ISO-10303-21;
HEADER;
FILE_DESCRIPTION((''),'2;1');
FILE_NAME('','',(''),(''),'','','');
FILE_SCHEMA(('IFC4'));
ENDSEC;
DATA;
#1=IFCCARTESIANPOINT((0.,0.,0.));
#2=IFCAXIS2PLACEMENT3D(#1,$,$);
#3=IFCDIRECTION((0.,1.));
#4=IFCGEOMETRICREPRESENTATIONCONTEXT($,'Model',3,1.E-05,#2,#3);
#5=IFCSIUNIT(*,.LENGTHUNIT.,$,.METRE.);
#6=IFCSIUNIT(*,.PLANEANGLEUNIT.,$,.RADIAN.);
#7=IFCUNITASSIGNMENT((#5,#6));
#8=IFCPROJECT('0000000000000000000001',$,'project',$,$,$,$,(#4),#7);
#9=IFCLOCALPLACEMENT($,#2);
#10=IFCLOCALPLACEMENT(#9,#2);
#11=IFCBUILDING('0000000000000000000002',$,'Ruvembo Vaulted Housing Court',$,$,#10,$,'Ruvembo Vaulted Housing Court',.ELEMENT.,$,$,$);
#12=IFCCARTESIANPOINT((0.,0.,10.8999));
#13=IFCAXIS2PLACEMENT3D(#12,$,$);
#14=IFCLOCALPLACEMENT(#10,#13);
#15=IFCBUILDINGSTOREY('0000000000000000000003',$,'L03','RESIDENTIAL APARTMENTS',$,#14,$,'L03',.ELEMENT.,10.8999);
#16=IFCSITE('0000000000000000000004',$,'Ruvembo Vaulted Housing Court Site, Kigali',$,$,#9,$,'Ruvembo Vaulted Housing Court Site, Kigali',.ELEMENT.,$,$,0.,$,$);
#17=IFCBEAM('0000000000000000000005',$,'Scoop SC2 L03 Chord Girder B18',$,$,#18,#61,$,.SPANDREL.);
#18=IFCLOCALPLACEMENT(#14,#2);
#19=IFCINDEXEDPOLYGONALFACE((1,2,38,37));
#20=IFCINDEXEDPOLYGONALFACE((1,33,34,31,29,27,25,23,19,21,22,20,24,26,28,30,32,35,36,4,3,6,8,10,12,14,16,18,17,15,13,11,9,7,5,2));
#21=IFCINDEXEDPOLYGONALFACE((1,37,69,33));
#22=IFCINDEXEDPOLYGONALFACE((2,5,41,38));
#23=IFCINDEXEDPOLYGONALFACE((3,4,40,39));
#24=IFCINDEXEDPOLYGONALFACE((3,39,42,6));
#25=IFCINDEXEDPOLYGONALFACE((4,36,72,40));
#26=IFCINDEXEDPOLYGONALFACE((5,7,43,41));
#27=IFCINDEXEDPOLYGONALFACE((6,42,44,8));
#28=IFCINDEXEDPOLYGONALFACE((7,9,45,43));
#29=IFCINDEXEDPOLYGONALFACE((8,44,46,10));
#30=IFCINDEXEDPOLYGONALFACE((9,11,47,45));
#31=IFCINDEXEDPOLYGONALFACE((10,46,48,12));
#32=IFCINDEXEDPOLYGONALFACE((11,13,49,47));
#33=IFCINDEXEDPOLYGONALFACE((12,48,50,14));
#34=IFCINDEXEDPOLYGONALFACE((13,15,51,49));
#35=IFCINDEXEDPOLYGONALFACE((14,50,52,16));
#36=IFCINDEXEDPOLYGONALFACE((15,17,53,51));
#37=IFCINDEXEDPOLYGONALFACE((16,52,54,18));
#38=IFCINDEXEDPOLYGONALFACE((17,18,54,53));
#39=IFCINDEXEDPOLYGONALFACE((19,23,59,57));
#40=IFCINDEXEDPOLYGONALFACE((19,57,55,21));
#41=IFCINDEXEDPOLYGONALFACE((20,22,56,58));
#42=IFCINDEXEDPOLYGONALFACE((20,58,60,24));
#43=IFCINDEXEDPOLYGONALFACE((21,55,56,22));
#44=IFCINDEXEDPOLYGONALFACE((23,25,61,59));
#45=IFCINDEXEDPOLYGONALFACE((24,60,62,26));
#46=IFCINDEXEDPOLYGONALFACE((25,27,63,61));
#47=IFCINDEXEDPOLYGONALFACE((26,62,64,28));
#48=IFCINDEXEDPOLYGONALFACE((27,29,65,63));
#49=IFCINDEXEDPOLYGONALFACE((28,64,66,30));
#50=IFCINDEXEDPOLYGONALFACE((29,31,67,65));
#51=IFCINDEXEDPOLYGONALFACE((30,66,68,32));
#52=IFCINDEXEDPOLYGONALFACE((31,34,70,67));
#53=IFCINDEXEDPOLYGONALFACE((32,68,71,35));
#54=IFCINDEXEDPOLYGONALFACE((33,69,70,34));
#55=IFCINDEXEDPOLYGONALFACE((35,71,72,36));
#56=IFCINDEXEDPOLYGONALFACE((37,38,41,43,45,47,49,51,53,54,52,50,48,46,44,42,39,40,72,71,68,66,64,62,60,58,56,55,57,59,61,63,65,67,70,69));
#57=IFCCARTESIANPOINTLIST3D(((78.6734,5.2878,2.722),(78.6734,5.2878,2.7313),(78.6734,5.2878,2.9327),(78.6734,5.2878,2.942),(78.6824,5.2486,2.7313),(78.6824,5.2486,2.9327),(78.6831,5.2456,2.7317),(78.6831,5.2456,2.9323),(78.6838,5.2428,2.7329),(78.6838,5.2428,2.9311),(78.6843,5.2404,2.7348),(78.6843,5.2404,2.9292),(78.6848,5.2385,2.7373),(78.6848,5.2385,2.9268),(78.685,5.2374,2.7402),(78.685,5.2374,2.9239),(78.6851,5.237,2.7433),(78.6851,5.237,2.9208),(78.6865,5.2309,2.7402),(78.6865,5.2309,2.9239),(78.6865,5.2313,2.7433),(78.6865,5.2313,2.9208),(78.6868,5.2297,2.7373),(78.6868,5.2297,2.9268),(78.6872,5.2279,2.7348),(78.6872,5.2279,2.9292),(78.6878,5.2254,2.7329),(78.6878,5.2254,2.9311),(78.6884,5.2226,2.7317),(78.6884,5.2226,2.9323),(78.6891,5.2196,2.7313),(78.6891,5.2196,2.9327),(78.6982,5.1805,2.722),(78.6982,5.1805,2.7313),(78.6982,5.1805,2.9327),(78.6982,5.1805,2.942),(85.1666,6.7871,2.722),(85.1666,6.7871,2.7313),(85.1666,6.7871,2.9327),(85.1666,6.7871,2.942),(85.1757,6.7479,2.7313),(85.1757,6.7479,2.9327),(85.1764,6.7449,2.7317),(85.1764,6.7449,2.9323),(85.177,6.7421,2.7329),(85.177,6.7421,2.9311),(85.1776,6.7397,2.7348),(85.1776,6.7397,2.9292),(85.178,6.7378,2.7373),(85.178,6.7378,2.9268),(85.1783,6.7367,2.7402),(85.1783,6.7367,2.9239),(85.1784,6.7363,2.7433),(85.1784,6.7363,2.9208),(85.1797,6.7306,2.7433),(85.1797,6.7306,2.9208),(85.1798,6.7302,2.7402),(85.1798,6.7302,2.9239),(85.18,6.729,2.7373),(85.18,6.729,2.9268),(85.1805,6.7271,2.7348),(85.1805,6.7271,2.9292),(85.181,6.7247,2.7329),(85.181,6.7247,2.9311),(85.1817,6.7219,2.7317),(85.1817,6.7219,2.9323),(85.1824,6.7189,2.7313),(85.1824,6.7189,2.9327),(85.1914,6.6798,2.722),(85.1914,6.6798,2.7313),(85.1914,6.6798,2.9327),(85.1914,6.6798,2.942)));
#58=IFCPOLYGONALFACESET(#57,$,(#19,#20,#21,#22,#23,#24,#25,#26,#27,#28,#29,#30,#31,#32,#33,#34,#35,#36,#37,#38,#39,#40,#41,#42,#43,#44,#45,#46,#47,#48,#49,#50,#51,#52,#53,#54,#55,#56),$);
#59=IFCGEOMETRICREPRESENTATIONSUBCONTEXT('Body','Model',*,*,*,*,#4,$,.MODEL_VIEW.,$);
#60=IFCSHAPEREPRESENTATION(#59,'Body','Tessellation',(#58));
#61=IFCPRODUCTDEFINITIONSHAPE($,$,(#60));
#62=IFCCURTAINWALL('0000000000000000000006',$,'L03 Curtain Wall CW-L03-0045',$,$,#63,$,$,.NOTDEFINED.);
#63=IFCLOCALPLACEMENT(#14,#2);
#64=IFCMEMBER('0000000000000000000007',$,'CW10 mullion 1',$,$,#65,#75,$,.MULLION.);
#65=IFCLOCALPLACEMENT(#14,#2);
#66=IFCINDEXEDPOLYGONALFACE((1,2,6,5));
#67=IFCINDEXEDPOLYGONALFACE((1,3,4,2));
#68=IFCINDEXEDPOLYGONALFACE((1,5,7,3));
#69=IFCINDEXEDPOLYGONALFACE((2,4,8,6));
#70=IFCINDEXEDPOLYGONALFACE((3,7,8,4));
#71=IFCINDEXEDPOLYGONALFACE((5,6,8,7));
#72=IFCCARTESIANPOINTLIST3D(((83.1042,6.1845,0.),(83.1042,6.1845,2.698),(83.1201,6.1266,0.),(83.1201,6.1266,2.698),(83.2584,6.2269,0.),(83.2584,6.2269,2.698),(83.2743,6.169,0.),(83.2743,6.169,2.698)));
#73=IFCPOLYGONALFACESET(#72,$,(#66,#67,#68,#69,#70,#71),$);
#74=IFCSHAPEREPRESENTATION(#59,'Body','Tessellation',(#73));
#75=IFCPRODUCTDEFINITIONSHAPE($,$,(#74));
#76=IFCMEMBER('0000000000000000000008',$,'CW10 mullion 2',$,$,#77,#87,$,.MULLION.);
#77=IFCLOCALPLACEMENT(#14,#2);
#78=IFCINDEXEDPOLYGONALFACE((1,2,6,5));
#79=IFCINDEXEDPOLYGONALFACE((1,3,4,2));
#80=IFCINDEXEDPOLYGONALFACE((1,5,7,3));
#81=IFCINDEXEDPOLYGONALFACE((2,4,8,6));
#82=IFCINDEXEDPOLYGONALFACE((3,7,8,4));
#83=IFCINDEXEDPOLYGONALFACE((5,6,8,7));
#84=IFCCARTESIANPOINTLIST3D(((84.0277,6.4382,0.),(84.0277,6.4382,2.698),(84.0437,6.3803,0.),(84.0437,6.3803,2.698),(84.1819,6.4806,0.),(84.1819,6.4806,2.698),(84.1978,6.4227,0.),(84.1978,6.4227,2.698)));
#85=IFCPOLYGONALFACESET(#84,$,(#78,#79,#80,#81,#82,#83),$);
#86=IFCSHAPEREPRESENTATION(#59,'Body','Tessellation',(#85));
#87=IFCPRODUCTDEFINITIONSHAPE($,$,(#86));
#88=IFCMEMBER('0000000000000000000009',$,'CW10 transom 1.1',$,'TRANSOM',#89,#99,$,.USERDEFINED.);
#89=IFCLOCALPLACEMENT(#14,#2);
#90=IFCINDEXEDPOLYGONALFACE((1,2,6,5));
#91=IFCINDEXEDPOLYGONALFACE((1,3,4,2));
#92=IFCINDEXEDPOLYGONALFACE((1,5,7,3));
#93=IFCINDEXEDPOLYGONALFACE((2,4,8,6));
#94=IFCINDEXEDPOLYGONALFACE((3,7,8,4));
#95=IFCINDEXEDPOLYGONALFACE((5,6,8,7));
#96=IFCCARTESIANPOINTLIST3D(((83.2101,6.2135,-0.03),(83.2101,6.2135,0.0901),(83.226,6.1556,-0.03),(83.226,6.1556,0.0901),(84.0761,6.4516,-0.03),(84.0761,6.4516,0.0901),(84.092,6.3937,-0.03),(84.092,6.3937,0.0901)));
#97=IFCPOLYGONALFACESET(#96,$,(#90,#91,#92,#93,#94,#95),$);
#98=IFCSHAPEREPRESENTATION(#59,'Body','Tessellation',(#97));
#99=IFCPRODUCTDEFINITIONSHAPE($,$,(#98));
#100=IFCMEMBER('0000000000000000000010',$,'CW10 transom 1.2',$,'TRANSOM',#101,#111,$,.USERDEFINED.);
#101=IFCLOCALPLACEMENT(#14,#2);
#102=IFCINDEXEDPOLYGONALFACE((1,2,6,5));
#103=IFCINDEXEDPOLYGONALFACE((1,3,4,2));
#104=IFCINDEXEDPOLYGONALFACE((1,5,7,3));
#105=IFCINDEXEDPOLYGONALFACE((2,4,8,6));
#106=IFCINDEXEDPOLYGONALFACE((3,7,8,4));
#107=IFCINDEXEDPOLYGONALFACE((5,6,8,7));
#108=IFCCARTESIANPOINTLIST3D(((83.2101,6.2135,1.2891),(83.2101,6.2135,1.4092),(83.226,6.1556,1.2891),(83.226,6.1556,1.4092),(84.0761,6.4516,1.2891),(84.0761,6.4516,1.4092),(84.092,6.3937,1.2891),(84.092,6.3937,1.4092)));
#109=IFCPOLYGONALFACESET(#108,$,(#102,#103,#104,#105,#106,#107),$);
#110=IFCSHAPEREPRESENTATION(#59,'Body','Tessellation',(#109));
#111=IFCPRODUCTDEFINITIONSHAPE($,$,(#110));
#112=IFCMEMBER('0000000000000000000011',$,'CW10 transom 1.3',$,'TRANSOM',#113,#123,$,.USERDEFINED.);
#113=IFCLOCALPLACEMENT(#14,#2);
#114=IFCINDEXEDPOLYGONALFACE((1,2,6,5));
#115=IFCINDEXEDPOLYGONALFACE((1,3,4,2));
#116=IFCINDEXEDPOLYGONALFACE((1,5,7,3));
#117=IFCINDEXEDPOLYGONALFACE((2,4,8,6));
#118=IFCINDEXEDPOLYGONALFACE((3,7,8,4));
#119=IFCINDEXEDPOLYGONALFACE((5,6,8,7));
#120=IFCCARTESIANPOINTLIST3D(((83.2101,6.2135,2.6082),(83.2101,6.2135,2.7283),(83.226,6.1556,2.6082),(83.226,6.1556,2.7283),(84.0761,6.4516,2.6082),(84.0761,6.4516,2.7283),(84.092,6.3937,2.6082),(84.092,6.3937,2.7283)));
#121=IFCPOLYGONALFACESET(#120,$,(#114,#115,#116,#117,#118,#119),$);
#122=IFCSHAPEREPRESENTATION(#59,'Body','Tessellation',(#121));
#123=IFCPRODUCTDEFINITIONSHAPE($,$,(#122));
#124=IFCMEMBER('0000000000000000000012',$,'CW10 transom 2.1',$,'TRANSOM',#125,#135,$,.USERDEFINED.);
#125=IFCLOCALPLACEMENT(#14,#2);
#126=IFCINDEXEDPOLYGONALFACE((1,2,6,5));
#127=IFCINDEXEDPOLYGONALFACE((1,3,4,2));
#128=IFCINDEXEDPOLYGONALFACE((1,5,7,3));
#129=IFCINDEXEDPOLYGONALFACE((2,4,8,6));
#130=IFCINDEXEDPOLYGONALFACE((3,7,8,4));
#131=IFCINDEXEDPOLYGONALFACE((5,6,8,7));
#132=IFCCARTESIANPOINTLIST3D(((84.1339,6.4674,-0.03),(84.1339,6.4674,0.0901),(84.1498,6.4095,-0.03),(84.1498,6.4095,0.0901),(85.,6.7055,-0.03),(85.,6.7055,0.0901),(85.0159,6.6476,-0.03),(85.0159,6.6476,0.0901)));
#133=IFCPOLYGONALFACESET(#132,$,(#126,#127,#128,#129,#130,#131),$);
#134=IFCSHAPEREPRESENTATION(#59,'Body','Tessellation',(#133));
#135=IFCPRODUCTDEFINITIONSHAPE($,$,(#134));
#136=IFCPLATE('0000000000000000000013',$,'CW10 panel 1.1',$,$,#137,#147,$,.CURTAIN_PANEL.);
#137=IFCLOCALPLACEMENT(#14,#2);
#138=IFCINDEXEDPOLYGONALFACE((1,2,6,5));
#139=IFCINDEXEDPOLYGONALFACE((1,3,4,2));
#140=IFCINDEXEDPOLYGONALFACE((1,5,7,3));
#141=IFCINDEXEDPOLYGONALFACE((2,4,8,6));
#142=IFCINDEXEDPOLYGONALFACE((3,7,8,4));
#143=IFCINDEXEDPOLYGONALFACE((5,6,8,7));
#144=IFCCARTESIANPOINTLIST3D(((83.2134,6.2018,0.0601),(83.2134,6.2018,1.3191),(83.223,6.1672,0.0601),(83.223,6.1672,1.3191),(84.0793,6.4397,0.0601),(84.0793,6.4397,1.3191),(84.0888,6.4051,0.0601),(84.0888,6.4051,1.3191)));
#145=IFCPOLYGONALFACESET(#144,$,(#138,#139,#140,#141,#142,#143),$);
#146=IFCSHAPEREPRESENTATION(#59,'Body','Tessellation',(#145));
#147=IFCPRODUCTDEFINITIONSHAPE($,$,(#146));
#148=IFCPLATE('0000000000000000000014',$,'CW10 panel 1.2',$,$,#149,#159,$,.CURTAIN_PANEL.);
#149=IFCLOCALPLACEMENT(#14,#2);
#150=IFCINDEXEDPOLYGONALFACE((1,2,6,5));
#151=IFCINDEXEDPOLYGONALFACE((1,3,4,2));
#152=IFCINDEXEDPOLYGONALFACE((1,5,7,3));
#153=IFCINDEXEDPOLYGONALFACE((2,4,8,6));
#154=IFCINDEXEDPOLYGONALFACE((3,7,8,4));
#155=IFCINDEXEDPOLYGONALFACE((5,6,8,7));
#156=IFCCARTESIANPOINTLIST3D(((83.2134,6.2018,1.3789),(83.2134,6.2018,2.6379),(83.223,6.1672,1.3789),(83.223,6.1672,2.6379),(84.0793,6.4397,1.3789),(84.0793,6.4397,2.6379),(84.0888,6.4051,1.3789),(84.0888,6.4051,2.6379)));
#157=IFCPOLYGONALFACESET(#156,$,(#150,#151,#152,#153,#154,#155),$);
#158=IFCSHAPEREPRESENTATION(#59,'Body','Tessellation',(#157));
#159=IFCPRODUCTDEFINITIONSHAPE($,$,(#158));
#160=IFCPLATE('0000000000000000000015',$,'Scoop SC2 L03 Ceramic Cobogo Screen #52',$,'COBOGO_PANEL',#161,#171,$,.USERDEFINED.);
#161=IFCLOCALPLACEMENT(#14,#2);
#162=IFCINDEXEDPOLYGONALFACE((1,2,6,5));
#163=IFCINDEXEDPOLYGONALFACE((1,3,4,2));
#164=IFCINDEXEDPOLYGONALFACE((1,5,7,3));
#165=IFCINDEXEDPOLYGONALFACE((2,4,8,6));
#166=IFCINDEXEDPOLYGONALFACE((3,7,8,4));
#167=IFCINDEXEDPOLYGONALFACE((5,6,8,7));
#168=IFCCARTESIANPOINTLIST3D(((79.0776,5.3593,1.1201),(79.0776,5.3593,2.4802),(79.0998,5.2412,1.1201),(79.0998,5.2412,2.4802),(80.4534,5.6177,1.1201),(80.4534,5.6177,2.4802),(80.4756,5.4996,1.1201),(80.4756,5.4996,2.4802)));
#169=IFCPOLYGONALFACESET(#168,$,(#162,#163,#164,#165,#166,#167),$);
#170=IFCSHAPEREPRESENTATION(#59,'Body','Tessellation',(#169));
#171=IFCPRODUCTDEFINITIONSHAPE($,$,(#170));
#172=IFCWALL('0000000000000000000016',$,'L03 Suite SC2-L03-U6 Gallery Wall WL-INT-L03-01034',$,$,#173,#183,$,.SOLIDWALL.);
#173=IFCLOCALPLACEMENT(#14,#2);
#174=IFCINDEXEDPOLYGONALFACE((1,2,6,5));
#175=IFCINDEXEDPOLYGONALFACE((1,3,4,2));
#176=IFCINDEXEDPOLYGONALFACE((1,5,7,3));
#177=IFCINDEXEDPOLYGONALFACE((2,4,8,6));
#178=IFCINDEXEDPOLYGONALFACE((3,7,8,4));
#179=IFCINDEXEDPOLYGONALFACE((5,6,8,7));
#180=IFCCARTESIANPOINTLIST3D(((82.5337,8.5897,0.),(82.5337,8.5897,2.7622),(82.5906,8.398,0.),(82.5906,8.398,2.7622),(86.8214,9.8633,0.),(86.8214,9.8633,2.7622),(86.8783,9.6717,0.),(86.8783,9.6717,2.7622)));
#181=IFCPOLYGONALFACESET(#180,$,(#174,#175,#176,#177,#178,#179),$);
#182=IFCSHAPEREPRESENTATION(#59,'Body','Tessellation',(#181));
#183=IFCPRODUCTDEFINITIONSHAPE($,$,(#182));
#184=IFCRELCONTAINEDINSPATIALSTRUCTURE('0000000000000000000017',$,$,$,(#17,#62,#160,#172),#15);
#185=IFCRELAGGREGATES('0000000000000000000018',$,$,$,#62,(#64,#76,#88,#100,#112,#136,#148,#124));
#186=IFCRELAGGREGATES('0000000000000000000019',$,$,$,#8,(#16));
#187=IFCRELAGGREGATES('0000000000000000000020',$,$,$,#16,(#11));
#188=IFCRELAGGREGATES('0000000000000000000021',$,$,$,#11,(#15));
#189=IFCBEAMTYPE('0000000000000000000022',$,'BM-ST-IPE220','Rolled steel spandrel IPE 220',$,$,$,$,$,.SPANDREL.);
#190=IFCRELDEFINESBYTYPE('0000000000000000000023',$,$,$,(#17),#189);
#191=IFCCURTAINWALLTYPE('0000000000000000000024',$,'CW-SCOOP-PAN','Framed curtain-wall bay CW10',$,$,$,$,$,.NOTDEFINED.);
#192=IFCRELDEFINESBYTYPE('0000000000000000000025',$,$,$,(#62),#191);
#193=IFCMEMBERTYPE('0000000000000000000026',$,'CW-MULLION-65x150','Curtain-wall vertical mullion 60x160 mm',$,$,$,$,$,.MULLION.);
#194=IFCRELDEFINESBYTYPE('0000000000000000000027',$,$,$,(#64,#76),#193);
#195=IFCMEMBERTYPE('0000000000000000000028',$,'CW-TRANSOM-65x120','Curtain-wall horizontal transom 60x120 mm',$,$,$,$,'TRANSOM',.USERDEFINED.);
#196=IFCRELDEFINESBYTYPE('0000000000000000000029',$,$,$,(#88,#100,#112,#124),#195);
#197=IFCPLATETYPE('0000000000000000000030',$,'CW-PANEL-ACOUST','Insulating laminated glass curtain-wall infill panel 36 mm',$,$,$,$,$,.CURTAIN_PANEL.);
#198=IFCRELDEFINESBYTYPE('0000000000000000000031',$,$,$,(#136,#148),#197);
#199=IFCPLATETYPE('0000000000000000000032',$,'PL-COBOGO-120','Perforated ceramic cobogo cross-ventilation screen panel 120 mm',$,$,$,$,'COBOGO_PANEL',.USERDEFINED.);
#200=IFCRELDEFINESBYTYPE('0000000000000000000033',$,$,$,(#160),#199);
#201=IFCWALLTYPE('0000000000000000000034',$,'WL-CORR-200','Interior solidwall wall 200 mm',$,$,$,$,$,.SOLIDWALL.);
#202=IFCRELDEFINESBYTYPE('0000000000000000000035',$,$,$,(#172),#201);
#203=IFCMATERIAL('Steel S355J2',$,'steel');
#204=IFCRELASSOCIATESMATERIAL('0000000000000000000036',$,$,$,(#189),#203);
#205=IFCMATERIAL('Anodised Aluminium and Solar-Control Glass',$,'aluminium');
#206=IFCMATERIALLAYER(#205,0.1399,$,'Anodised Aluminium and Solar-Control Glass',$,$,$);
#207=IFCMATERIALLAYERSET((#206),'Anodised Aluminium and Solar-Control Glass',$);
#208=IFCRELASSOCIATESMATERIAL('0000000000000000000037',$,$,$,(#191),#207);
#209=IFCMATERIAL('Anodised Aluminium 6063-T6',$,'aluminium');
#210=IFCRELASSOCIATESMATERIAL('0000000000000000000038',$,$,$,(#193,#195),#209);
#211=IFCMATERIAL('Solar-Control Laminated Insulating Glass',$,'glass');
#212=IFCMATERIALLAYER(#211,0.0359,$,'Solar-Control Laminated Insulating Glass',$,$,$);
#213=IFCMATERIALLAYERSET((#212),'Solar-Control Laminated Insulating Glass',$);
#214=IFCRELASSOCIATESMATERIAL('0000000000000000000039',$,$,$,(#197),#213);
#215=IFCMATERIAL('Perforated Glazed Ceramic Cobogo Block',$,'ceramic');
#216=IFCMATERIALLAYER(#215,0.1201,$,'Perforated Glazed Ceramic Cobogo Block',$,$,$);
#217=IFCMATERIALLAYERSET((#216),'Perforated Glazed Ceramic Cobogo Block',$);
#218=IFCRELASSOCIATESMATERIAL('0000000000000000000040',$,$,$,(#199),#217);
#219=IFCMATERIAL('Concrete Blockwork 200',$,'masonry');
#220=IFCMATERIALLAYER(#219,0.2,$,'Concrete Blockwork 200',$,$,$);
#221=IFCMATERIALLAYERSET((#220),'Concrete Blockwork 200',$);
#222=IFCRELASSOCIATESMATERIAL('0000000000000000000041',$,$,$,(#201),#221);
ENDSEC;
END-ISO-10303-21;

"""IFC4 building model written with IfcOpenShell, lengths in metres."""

from ifc_helpers import new_model, si_unit, direction, frame, frame_2d, origin, origin_2d, place, context, subcontext, project, spatial, rectangle, i_section, extrude, material, layer, layer_set, material_profile, profile_set, type_object, element, aggregate, save


model = new_model("IFC4")

# Units and contexts
model_context = context("Model", 3, precision=1e-05, world=origin(), true_north=direction((0.0, 1.0)))
body_context = subcontext(model_context, "Body", "Model", "MODEL_VIEW")
ifc_project = project(units=[si_unit("LENGTHUNIT", "METRE"), si_unit("PLANEANGLEUNIT", "RADIAN")], contexts=[model_context])

# Site, building, storey
site_placement = place(None, origin())
site = spatial("IfcSite", under=ifc_project, at=site_placement, Name="Ruvembo Vaulted Housing Court Site, Kigali", LongName="Ruvembo Vaulted Housing Court Site, Kigali", CompositionType="ELEMENT", RefElevation=0.0)
building_placement = place(site_placement, origin())
building = spatial("IfcBuilding", under=site, at=building_placement, Name="Ruvembo Vaulted Housing Court", LongName="Ruvembo Vaulted Housing Court", CompositionType="ELEMENT")
storey_placement = place(building_placement, frame((0.0, 0.0, 10.8999)))
storey = spatial("IfcBuildingStorey", under=building, at=storey_placement, Name="L03", Description="RESIDENTIAL APARTMENTS", LongName="L03", CompositionType="ELEMENT", Elevation=10.8999)

# Beam
ifc_material_1 = material(Name="Steel S355J2", Category="steel")
ifc_material_profile_1 = material_profile(ifc_material_1, i_section(OverallWidth=0.1101, OverallDepth=0.22, WebThickness=0.0059, FlangeThickness=0.0093, FilletRadius=0.012, at=origin_2d()), Name="IPE 220")
ifc_profile_set_1 = profile_set([ifc_material_profile_1], Name="Steel S355J2")
beam_type_1 = type_object("IfcBeamType", Name="BM-ST-IPE220", Description="Rolled steel spandrel IPE 220", PredefinedType="SPANDREL", material=ifc_profile_set_1)
beam_1_placement = place(storey_placement, frame((78.6858, 5.2341, 2.832), z_axis=(0.974363, 0.22498, 0.0), x_axis=(-0.22498, 0.974363, 0.0)))
element("IfcBeam", 1, at=beam_1_placement, inside=storey, type_object=beam_type_1, Name="Scoop SC2 L03 Chord Girder B18", PredefinedType="SPANDREL", context=body_context, shape_type="SweptSolid", body=[
    extrude(i_section(OverallWidth=0.1101, OverallDepth=0.22, WebThickness=0.0059, FlangeThickness=0.0093, FilletRadius=0.012, at=origin_2d()), origin(), (0.0, 0.0, 1.0), 6.6641),
])

# Curtain wall, members, plates
ifc_material_2 = material(Name="Anodised Aluminium and Solar-Control Glass", Category="aluminium")
ifc_layer_1 = layer(ifc_material_2, 0.1399, Name="Anodised Aluminium and Solar-Control Glass")
ifc_layer_set_1 = layer_set([ifc_layer_1], Name="Anodised Aluminium and Solar-Control Glass")
curtain_wall_type = type_object("IfcCurtainWallType", Name="CW-SCOOP-PAN", Description="Framed curtain-wall bay CW10", PredefinedType="NOTDEFINED", material=ifc_layer_set_1)
curtain_wall_placement = place(storey_placement, origin())
curtain_wall = element("IfcCurtainWall", 2, at=curtain_wall_placement, inside=storey, type_object=curtain_wall_type, Name="L03 Curtain Wall CW-L03-0045", PredefinedType="NOTDEFINED")
ifc_material_3 = material(Name="Anodised Aluminium 6063-T6", Category="aluminium")
ifc_material_profile_2 = material_profile(ifc_material_3, rectangle(XDim=0.0601, YDim=0.1599, at=origin_2d()), Name="ALU 60x160")
ifc_profile_set_2 = profile_set([ifc_material_profile_2], Name="Anodised Aluminium 6063-T6")
member_type_1 = type_object("IfcMemberType", Name="CW-MULLION-65x150", Description="Curtain-wall vertical mullion 60x160 mm", PredefinedType="MULLION", material=ifc_profile_set_2)
member_1_placement = place(storey_placement, frame((83.1892, 6.1768, 0.0), z_axis=(0.0, 0.0, 1.0), x_axis=(-0.264975, 0.964255, 0.0)))
member_1 = element("IfcMember", 3, at=member_1_placement, type_object=member_type_1, Name="CW10 mullion 1", PredefinedType="MULLION", context=body_context, shape_type="SweptSolid", body=[
    extrude(rectangle(XDim=0.0601, YDim=0.1599, at=origin_2d()), origin(), (0.0, 0.0, 1.0), 2.698),
])
member_2_placement = place(storey_placement, frame((84.1128, 6.4304, 0.0), z_axis=(0.0, 0.0, 1.0), x_axis=(-0.264975, 0.964255, 0.0)))
member_2 = element("IfcMember", 4, at=member_2_placement, type_object=member_type_1, Name="CW10 mullion 2", PredefinedType="MULLION", context=body_context, shape_type="SweptSolid", body=[
    extrude(rectangle(XDim=0.0601, YDim=0.1599, at=origin_2d()), origin(), (0.0, 0.0, 1.0), 2.698),
])
ifc_material_profile_3 = material_profile(ifc_material_3, rectangle(XDim=0.0601, YDim=0.1201, at=origin_2d()), Name="ALU 60x120")
ifc_profile_set_3 = profile_set([ifc_material_profile_3], Name="Anodised Aluminium 6063-T6")
member_type_2 = type_object("IfcMemberType", Name="CW-TRANSOM-65x120", Description="Curtain-wall horizontal transom 60x120 mm", ElementType="TRANSOM", PredefinedType="USERDEFINED", material=ifc_profile_set_3)
member_3_placement = place(storey_placement, frame((83.218, 6.1846, 0.03), z_axis=(0.964235, 0.265049, 0.0), x_axis=(-0.265049, 0.964235, 0.0)))
member_3 = element("IfcMember", 5, at=member_3_placement, type_object=member_type_2, Name="CW10 transom 1.1", ObjectType="TRANSOM", PredefinedType="USERDEFINED", context=body_context, shape_type="SweptSolid", body=[
    extrude(rectangle(XDim=0.0601, YDim=0.1201, at=origin_2d()), origin(), (0.0, 0.0, 1.0), 0.8982),
])
member_4_placement = place(storey_placement, frame((83.218, 6.1846, 1.3491), z_axis=(0.964235, 0.265049, 0.0), x_axis=(-0.265049, 0.964235, 0.0)))
member_4 = element("IfcMember", 6, at=member_4_placement, type_object=member_type_2, Name="CW10 transom 1.2", ObjectType="TRANSOM", PredefinedType="USERDEFINED", context=body_context, shape_type="SweptSolid", body=[
    extrude(rectangle(XDim=0.0601, YDim=0.1201, at=origin_2d()), origin(), (0.0, 0.0, 1.0), 0.8982),
])
member_5_placement = place(storey_placement, frame((83.218, 6.1846, 2.6682), z_axis=(0.964235, 0.265049, 0.0), x_axis=(-0.265049, 0.964235, 0.0)))
member_5 = element("IfcMember", 7, at=member_5_placement, type_object=member_type_2, Name="CW10 transom 1.3", ObjectType="TRANSOM", PredefinedType="USERDEFINED", context=body_context, shape_type="SweptSolid", body=[
    extrude(rectangle(XDim=0.0601, YDim=0.1201, at=origin_2d()), origin(), (0.0, 0.0, 1.0), 0.8982),
])
member_6_placement = place(storey_placement, frame((84.1418, 6.4385, 0.03), z_axis=(0.964235, 0.265049, 0.0), x_axis=(-0.265049, 0.964235, 0.0)))
member_6 = element("IfcMember", 8, at=member_6_placement, type_object=member_type_2, Name="CW10 transom 2.1", ObjectType="TRANSOM", PredefinedType="USERDEFINED", context=body_context, shape_type="SweptSolid", body=[
    extrude(rectangle(XDim=0.0601, YDim=0.1201, at=origin_2d()), origin(), (0.0, 0.0, 1.0), 0.8982),
])
ifc_material_4 = material(Name="Solar-Control Laminated Insulating Glass", Category="glass")
ifc_layer_2 = layer(ifc_material_4, 0.0359, Name="Solar-Control Laminated Insulating Glass")
ifc_layer_set_2 = layer_set([ifc_layer_2], Name="Solar-Control Laminated Insulating Glass")
plate_type_1 = type_object("IfcPlateType", Name="CW-PANEL-ACOUST", Description="Insulating laminated glass curtain-wall infill panel 36 mm", PredefinedType="CURTAIN_PANEL", material=ifc_layer_set_2)
plate_1_placement = place(storey_placement, frame((83.6511, 6.3035, 0.0601), z_axis=(0.0, 0.0, 1.0), x_axis=(0.964255, 0.264975, 0.0)))
plate_1 = element("IfcPlate", 9, at=plate_1_placement, type_object=plate_type_1, Name="CW10 panel 1.1", PredefinedType="CURTAIN_PANEL", context=body_context, shape_type="SweptSolid", body=[
    extrude(rectangle(XDim=0.8979, YDim=0.0359, at=origin_2d()), origin(), (0.0, 0.0, 1.0), 1.259),
])
plate_2_placement = place(storey_placement, frame((83.6511, 6.3035, 1.3789), z_axis=(0.0, 0.0, 1.0), x_axis=(0.964255, 0.264975, 0.0)))
plate_2 = element("IfcPlate", 10, at=plate_2_placement, type_object=plate_type_1, Name="CW10 panel 1.2", PredefinedType="CURTAIN_PANEL", context=body_context, shape_type="SweptSolid", body=[
    extrude(rectangle(XDim=0.8979, YDim=0.0359, at=origin_2d()), origin(), (0.0, 0.0, 1.0), 1.259),
])
aggregate(curtain_wall, [member_1, member_2, member_3, member_4, member_5, plate_1, plate_2, member_6])

# Plate
ifc_material_5 = material(Name="Perforated Glazed Ceramic Cobogo Block", Category="ceramic")
ifc_layer_3 = layer(ifc_material_5, 0.1201, Name="Perforated Glazed Ceramic Cobogo Block")
ifc_layer_set_3 = layer_set([ifc_layer_3], Name="Perforated Glazed Ceramic Cobogo Block")
plate_type_2 = type_object("IfcPlateType", Name="PL-COBOGO-120", Description="Perforated ceramic cobogo cross-ventilation screen panel 120 mm", ElementType="COBOGO_PANEL", PredefinedType="USERDEFINED", material=ifc_layer_set_3)
plate_3_placement = place(storey_placement, frame((79.7766, 5.4294, 1.1201), z_axis=(0.0, 0.0, 1.0), x_axis=(0.982816, 0.184586, 0.0)))
element("IfcPlate", 11, at=plate_3_placement, inside=storey, type_object=plate_type_2, Name="Scoop SC2 L03 Ceramic Cobogo Screen #52", ObjectType="COBOGO_PANEL", PredefinedType="USERDEFINED", context=body_context, shape_type="SweptSolid", body=[
    extrude(rectangle(XDim=1.3999, YDim=0.1201, at=origin_2d()), origin(), (0.0, 0.0, 1.0), 1.3601),
])

# Wall
ifc_material_6 = material(Name="Concrete Blockwork 200", Category="masonry")
ifc_layer_4 = layer(ifc_material_6, 0.2, Name="Concrete Blockwork 200")
ifc_layer_set_4 = layer_set([ifc_layer_4], Name="Concrete Blockwork 200")
wall_type = type_object("IfcWallType", Name="WL-CORR-200", Description="Interior solidwall wall 200 mm", PredefinedType="SOLIDWALL", material=ifc_layer_set_4)
wall_placement = place(storey_placement, frame((82.5623, 8.4939, 0.0), z_axis=(0.0, 0.0, 1.0), x_axis=(0.958602, 0.284748, 0.0)))
element("IfcWall", 12, at=wall_placement, inside=storey, type_object=wall_type, Name="L03 Suite SC2-L03-U6 Gallery Wall WL-INT-L03-01034", PredefinedType="SOLIDWALL", context=body_context, shape_type="SweptSolid", body=[
    extrude(rectangle(XDim=4.4729, YDim=0.2, at=frame_2d((2.2363, 0.0))), origin(), (0.0, 0.0, 1.0), 2.7622),
])

save(model, "model.ifc")
